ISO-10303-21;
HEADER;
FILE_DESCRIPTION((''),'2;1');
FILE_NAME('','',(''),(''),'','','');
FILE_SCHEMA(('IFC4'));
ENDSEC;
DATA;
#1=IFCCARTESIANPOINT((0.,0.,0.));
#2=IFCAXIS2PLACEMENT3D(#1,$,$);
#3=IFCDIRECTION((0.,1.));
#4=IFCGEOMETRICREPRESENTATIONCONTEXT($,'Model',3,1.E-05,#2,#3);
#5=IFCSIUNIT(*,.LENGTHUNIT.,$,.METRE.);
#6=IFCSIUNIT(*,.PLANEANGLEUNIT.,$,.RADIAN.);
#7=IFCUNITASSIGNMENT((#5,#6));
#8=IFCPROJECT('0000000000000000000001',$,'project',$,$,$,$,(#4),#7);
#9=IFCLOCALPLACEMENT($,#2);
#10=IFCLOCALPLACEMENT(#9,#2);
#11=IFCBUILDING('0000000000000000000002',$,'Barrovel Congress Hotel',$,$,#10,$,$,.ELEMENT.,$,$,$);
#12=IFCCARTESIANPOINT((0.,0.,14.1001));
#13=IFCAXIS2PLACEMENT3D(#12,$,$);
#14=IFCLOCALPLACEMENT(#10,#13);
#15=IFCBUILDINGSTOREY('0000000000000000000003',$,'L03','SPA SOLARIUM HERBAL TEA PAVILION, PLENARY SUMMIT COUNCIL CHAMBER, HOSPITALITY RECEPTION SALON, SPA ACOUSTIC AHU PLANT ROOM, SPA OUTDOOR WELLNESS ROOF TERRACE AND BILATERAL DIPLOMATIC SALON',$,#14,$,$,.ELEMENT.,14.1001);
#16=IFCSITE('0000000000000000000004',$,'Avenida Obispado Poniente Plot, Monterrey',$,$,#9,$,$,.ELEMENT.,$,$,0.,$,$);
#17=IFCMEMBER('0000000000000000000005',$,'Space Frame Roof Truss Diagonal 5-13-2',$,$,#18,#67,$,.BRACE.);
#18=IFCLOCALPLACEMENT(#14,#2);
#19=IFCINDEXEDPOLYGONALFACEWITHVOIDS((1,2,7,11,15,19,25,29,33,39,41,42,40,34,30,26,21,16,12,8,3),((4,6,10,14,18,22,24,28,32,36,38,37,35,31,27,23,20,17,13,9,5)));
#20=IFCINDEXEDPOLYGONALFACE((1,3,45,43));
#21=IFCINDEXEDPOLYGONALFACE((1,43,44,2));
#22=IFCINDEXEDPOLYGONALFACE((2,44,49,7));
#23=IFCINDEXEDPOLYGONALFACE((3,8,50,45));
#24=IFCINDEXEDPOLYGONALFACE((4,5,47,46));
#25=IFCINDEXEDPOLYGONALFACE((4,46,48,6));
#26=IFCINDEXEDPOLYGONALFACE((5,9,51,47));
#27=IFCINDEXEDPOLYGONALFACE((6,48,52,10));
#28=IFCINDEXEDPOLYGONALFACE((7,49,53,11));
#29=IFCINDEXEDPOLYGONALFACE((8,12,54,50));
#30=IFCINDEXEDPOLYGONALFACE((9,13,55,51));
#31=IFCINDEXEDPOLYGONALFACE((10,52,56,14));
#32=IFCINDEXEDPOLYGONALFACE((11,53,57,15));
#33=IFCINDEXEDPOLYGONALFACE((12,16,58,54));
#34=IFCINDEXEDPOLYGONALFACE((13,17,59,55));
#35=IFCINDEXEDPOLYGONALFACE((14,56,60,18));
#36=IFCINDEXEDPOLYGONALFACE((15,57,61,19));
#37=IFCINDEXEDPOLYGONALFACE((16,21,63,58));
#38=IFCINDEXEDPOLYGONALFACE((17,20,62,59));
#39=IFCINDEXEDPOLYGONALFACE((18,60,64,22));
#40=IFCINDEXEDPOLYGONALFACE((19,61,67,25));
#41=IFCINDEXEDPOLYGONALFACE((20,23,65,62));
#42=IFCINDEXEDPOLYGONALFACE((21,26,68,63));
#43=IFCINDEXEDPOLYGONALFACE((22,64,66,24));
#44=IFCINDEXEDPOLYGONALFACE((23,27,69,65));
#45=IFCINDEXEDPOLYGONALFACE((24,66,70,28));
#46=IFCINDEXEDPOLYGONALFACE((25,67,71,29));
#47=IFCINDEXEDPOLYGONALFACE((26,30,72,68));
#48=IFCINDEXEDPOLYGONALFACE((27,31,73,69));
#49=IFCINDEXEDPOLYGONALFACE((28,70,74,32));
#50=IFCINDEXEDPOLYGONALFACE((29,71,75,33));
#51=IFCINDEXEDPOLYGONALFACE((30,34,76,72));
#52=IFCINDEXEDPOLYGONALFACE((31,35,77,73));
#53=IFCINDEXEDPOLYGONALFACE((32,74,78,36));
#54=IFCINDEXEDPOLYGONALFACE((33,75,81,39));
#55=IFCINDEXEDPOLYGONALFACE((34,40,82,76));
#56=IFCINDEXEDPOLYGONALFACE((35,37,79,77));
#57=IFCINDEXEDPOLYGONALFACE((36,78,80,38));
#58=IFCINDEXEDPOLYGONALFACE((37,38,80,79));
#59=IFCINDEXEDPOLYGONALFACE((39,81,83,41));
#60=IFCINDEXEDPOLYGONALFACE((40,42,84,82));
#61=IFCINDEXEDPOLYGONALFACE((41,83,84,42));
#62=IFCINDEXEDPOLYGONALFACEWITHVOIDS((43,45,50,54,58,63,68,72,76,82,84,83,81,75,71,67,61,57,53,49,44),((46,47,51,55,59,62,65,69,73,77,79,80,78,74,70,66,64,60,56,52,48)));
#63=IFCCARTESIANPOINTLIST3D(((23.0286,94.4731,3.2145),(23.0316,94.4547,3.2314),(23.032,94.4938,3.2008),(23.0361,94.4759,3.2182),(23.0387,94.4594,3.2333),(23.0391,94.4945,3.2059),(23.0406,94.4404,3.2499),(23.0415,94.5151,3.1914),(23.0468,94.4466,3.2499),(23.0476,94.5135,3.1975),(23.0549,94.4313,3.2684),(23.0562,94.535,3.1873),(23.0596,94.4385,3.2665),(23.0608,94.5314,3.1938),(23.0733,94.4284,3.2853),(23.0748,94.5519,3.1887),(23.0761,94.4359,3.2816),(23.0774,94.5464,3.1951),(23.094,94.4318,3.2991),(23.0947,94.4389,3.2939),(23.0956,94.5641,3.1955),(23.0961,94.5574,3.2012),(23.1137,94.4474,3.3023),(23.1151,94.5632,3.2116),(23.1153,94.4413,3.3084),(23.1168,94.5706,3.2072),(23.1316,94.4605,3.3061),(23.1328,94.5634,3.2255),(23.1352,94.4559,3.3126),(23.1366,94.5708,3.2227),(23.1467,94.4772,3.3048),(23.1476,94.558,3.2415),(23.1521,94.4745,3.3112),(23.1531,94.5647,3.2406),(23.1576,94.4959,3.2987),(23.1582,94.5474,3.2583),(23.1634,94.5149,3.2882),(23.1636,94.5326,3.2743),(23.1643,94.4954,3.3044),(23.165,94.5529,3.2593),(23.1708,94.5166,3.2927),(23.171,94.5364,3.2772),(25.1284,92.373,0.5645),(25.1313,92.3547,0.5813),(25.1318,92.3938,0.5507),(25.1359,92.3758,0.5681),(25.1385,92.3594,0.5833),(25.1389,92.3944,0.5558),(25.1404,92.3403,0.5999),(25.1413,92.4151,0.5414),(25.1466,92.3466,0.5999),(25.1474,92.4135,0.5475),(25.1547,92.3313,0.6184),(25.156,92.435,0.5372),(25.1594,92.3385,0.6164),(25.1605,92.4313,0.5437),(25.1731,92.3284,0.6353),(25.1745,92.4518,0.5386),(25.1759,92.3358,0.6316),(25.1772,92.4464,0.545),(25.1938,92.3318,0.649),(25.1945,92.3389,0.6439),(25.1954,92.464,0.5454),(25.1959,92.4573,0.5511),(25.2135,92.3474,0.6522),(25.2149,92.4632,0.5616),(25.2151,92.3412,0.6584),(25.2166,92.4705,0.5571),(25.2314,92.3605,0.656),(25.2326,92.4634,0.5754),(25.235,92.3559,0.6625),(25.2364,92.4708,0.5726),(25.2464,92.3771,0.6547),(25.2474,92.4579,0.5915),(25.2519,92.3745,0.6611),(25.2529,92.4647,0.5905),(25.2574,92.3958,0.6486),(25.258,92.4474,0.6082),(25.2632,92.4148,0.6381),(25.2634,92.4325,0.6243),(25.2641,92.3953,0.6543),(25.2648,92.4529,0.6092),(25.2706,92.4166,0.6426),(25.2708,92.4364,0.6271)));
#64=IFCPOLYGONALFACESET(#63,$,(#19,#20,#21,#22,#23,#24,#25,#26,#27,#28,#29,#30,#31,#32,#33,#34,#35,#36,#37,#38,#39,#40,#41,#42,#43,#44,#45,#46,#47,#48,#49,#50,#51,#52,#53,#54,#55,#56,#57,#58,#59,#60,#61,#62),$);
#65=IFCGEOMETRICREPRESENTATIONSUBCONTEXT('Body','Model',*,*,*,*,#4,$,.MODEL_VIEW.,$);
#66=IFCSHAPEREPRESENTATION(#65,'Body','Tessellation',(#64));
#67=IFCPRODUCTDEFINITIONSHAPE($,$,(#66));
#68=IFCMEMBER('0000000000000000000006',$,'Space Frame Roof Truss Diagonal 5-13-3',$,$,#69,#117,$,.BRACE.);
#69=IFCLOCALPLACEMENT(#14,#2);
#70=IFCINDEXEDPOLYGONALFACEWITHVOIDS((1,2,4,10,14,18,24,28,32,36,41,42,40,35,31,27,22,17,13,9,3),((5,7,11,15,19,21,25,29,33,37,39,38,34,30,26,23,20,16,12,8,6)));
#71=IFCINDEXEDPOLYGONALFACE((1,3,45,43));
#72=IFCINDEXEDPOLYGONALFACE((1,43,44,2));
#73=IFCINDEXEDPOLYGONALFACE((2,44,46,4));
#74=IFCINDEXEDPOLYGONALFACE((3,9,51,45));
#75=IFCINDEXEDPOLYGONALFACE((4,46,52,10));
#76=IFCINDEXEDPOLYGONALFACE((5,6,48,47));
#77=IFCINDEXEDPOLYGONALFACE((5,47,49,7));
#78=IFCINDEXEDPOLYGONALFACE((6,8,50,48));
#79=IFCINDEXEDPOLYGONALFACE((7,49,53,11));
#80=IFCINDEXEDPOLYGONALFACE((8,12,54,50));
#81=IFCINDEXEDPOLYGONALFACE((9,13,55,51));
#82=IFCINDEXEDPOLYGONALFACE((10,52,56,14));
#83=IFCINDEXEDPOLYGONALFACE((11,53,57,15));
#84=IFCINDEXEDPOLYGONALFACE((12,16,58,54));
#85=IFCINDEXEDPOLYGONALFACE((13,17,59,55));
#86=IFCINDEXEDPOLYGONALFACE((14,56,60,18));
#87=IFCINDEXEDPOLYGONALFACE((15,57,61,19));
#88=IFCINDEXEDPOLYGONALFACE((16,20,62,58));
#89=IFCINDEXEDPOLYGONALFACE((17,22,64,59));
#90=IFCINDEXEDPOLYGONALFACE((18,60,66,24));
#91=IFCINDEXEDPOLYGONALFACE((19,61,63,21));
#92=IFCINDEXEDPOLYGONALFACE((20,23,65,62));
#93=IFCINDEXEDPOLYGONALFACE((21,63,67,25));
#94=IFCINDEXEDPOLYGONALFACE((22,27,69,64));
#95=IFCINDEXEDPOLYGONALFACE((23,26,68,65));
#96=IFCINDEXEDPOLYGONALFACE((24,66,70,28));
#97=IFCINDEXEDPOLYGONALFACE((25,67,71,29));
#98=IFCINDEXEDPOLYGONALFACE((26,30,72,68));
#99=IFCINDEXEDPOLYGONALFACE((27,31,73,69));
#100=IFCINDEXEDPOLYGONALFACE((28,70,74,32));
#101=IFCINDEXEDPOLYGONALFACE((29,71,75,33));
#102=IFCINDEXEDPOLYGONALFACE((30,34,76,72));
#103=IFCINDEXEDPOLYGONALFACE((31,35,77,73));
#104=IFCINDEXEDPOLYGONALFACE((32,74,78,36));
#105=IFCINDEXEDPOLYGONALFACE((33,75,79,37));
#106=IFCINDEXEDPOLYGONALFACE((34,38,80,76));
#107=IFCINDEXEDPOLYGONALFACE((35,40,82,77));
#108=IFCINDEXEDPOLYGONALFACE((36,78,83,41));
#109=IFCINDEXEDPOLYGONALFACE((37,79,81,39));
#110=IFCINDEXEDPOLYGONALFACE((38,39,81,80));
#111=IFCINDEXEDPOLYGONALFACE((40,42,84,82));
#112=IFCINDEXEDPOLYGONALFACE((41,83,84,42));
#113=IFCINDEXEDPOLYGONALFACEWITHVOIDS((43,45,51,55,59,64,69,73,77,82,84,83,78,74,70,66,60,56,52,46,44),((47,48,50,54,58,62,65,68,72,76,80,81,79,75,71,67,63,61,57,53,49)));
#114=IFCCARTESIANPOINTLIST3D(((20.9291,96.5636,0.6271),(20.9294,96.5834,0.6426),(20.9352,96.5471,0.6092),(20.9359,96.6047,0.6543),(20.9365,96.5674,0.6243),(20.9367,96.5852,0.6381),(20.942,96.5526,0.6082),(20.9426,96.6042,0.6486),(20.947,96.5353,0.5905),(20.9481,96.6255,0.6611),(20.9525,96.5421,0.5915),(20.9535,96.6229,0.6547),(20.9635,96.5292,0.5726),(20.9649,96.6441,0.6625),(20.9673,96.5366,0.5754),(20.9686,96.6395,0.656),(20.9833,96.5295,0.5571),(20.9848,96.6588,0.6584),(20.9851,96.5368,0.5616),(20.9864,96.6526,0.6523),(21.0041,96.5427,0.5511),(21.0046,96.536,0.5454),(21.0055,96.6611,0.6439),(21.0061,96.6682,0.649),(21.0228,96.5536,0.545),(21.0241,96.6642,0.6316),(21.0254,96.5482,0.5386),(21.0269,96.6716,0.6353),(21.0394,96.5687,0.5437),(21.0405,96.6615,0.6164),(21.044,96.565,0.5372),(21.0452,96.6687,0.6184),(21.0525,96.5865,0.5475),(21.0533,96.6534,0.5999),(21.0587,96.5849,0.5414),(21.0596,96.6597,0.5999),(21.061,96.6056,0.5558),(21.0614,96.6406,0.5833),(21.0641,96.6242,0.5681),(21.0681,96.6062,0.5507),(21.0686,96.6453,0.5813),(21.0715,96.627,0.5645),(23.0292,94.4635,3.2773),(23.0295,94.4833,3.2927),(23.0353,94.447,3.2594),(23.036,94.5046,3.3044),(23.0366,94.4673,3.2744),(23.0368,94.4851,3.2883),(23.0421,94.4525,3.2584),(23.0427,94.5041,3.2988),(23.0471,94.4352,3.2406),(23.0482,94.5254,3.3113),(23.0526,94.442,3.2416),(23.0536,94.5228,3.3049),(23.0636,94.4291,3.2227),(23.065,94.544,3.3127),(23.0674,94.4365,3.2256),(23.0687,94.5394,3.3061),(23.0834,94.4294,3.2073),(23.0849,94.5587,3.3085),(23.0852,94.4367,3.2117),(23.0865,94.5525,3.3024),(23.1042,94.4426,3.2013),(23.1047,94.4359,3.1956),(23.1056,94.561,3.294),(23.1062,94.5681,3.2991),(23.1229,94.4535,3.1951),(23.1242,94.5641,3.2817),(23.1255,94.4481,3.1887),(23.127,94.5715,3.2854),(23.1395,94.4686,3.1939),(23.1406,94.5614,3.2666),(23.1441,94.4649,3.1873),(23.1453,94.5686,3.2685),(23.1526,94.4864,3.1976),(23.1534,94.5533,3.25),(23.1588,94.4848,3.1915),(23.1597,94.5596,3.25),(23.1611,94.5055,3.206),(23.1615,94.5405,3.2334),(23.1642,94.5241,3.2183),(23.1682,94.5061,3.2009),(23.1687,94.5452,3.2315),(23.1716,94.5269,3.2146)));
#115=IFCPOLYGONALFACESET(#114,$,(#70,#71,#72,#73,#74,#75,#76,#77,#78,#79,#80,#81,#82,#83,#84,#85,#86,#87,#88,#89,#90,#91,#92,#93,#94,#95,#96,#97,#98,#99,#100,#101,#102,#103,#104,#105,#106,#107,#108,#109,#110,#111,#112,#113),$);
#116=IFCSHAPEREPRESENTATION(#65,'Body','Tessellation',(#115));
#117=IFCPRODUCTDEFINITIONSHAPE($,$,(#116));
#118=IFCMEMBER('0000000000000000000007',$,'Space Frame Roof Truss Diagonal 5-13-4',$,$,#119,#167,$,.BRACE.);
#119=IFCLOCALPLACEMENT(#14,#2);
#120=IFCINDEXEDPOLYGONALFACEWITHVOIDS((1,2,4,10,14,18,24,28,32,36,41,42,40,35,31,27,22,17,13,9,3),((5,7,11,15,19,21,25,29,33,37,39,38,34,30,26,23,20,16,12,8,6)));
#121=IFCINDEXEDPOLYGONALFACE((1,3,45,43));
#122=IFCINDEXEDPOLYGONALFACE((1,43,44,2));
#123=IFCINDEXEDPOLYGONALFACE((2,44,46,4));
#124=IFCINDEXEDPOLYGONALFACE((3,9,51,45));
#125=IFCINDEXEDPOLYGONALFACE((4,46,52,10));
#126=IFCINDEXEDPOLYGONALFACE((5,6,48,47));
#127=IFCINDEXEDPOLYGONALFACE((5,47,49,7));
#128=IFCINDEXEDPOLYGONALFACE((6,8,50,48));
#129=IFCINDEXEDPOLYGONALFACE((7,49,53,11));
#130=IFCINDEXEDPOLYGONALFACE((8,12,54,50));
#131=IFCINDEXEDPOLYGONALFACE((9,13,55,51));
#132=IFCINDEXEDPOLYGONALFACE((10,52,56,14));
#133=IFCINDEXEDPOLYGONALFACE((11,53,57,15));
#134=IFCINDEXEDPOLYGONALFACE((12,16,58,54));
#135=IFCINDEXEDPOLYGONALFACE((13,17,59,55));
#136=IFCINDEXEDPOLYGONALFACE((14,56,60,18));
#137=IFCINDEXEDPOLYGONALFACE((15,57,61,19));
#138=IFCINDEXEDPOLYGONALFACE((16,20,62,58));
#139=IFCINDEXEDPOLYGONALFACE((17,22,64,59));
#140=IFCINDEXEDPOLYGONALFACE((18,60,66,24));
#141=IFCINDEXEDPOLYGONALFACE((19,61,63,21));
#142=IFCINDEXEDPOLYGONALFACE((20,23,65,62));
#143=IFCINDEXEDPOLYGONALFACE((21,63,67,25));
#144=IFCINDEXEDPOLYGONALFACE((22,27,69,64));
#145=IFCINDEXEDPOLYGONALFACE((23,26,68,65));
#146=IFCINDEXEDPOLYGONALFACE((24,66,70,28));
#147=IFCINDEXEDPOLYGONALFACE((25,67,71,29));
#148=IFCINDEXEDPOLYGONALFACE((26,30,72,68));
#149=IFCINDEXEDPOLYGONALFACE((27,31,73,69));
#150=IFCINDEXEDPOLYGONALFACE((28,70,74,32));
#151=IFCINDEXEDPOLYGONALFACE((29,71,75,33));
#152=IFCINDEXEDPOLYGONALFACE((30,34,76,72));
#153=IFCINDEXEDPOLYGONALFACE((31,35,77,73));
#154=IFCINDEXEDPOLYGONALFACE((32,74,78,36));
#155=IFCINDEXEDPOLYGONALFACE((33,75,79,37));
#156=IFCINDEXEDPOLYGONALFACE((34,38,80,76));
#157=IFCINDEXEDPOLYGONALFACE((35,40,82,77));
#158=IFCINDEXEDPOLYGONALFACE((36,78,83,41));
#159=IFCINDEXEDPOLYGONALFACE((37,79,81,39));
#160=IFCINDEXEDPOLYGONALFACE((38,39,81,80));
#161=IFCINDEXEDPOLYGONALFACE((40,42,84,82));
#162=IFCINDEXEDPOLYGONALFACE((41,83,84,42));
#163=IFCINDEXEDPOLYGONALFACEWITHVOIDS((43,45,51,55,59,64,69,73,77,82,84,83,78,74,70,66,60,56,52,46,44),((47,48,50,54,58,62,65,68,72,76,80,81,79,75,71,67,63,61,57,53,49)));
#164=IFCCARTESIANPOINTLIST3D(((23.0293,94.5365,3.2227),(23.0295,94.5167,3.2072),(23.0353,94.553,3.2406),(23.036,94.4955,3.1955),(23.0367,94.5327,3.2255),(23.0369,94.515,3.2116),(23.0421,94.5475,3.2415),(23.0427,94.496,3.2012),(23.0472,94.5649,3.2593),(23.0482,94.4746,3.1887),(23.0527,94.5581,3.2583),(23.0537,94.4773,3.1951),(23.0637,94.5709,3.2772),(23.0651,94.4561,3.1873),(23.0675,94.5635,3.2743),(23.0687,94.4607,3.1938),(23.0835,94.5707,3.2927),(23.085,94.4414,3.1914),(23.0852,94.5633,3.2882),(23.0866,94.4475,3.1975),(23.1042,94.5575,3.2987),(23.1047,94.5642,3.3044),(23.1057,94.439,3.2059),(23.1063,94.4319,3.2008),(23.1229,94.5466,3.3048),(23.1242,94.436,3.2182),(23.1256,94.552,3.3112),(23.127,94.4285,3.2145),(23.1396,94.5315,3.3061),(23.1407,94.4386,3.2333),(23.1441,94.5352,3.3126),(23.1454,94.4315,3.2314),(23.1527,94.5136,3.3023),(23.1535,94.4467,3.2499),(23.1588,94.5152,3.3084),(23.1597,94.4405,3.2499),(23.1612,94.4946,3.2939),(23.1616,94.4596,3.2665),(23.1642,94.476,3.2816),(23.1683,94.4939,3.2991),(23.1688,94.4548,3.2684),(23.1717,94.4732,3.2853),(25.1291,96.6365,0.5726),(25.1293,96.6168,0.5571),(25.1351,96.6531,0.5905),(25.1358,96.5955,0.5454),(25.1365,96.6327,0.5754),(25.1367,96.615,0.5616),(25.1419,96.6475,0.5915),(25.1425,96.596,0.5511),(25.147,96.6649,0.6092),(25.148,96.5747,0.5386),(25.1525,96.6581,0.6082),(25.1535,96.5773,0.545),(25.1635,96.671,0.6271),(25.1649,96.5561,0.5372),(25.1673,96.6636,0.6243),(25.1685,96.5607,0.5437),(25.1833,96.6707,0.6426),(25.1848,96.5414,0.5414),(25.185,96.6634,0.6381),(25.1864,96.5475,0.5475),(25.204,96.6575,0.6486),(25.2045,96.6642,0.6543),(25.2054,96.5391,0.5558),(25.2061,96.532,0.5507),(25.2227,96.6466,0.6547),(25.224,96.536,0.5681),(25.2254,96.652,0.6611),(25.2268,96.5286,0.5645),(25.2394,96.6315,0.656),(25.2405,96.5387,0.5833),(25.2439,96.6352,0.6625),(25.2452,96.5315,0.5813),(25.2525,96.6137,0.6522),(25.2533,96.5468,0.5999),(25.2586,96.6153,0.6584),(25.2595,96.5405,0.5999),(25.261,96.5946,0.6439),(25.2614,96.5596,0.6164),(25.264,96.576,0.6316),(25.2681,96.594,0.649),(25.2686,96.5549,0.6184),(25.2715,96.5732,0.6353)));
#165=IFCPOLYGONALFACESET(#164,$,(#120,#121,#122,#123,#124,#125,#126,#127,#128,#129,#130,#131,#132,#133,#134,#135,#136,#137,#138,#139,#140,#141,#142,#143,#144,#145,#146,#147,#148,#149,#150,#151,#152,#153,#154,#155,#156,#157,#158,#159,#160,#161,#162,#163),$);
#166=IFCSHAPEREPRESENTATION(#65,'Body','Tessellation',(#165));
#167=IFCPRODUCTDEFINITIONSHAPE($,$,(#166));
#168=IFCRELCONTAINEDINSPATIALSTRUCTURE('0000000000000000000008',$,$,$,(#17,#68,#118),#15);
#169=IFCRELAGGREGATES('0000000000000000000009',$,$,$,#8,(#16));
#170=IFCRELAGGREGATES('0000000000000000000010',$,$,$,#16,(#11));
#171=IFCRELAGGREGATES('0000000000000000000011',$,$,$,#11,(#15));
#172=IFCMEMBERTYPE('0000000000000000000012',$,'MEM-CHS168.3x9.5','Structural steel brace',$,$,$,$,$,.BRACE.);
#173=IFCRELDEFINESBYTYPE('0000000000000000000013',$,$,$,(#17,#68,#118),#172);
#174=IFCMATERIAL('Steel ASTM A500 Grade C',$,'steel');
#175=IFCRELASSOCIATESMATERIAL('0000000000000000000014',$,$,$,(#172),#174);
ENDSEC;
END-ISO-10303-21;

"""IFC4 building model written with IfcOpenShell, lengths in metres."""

from ifc_helpers import new_model, si_unit, direction, frame, origin, origin_2d, place, context, subcontext, project, spatial, hollow_circle, extrude, material, material_profile, profile_set, type_object, element, save


model = new_model("IFC4")

# Units and contexts
model_context = context("Model", 3, precision=1e-05, world=origin(), true_north=direction((0.0, 1.0)))
body_context = subcontext(model_context, "Body", "Model", "MODEL_VIEW")
ifc_project = project(units=[si_unit("LENGTHUNIT", "METRE"), si_unit("PLANEANGLEUNIT", "RADIAN")], contexts=[model_context])

# Site, building, storey
site_placement = place(None, origin())
site = spatial("IfcSite", under=ifc_project, at=site_placement, Name="Avenida Obispado Poniente Plot, Monterrey", CompositionType="ELEMENT", RefElevation=0.0)
building_placement = place(site_placement, origin())
building = spatial("IfcBuilding", under=site, at=building_placement, Name="Barrovel Congress Hotel", CompositionType="ELEMENT")
storey_placement = place(building_placement, frame((0.0, 0.0, 14.1001)))
storey = spatial("IfcBuildingStorey", under=building, at=storey_placement, Name="L03", Description="SPA SOLARIUM HERBAL TEA PAVILION, PLENARY SUMMIT COUNCIL CHAMBER, HOSPITALITY RECEPTION SALON, SPA ACOUSTIC AHU PLANT ROOM, SPA OUTDOOR WELLNESS ROOF TERRACE AND BILATERAL DIPLOMATIC SALON", CompositionType="ELEMENT", Elevation=14.1001)

# Members
ifc_material_1 = material(Name="Steel ASTM A500 Grade C", Category="steel")
ifc_material_profile_1 = material_profile(ifc_material_1, hollow_circle(Radius=0.0842, WallThickness=0.0088, at=origin_2d()), Name="CHS168.3x9.5")
ifc_profile_set_1 = profile_set([ifc_material_profile_1], Name="Steel ASTM A500 Grade C")
member_type_1 = type_object("IfcMemberType", Name="MEM-CHS168.3x9.5", Description="Structural steel brace", PredefinedType="BRACE", material=ifc_profile_set_1)
member_1_placement = place(storey_placement, frame((25.2, 92.3999, 0.5999), z_axis=(-0.527557, 0.527618, 0.66581), x_axis=(-0.707148, -0.707066, 0.0)))
element("IfcMember", 1, at=member_1_placement, inside=storey, type_object=member_type_1, Name="Space Frame Roof Truss Diagonal 5-13-2", PredefinedType="BRACE", context=body_context, shape_type="SweptSolid", body=[
    extrude(hollow_circle(Radius=0.0842, WallThickness=0.0088, at=origin_2d()), origin(), (0.0, 0.0, 1.0), 3.9802),
])
member_2_placement = place(storey_placement, frame((21.0, 96.6001, 0.5999), z_axis=(0.527601, -0.527601, 0.665788), x_axis=(0.707107, 0.707107, 0.0)))
element("IfcMember", 2, at=member_2_placement, inside=storey, type_object=member_type_1, Name="Space Frame Roof Truss Diagonal 5-13-3", PredefinedType="BRACE", context=body_context, shape_type="SweptSolid", body=[
    extrude(hollow_circle(Radius=0.0842, WallThickness=0.0088, at=origin_2d()), origin(), (0.0, 0.0, 1.0), 3.9805),
])
member_3_placement = place(storey_placement, frame((25.2, 96.6001, 0.5999), z_axis=(-0.527557, -0.527618, 0.66581), x_axis=(0.707148, -0.707066, 0.0)))
element("IfcMember", 3, at=member_3_placement, inside=storey, type_object=member_type_1, Name="Space Frame Roof Truss Diagonal 5-13-4", PredefinedType="BRACE", context=body_context, shape_type="SweptSolid", body=[
    extrude(hollow_circle(Radius=0.0842, WallThickness=0.0088, at=origin_2d()), origin(), (0.0, 0.0, 1.0), 3.9802),
])

save(model, "model.ifc")
